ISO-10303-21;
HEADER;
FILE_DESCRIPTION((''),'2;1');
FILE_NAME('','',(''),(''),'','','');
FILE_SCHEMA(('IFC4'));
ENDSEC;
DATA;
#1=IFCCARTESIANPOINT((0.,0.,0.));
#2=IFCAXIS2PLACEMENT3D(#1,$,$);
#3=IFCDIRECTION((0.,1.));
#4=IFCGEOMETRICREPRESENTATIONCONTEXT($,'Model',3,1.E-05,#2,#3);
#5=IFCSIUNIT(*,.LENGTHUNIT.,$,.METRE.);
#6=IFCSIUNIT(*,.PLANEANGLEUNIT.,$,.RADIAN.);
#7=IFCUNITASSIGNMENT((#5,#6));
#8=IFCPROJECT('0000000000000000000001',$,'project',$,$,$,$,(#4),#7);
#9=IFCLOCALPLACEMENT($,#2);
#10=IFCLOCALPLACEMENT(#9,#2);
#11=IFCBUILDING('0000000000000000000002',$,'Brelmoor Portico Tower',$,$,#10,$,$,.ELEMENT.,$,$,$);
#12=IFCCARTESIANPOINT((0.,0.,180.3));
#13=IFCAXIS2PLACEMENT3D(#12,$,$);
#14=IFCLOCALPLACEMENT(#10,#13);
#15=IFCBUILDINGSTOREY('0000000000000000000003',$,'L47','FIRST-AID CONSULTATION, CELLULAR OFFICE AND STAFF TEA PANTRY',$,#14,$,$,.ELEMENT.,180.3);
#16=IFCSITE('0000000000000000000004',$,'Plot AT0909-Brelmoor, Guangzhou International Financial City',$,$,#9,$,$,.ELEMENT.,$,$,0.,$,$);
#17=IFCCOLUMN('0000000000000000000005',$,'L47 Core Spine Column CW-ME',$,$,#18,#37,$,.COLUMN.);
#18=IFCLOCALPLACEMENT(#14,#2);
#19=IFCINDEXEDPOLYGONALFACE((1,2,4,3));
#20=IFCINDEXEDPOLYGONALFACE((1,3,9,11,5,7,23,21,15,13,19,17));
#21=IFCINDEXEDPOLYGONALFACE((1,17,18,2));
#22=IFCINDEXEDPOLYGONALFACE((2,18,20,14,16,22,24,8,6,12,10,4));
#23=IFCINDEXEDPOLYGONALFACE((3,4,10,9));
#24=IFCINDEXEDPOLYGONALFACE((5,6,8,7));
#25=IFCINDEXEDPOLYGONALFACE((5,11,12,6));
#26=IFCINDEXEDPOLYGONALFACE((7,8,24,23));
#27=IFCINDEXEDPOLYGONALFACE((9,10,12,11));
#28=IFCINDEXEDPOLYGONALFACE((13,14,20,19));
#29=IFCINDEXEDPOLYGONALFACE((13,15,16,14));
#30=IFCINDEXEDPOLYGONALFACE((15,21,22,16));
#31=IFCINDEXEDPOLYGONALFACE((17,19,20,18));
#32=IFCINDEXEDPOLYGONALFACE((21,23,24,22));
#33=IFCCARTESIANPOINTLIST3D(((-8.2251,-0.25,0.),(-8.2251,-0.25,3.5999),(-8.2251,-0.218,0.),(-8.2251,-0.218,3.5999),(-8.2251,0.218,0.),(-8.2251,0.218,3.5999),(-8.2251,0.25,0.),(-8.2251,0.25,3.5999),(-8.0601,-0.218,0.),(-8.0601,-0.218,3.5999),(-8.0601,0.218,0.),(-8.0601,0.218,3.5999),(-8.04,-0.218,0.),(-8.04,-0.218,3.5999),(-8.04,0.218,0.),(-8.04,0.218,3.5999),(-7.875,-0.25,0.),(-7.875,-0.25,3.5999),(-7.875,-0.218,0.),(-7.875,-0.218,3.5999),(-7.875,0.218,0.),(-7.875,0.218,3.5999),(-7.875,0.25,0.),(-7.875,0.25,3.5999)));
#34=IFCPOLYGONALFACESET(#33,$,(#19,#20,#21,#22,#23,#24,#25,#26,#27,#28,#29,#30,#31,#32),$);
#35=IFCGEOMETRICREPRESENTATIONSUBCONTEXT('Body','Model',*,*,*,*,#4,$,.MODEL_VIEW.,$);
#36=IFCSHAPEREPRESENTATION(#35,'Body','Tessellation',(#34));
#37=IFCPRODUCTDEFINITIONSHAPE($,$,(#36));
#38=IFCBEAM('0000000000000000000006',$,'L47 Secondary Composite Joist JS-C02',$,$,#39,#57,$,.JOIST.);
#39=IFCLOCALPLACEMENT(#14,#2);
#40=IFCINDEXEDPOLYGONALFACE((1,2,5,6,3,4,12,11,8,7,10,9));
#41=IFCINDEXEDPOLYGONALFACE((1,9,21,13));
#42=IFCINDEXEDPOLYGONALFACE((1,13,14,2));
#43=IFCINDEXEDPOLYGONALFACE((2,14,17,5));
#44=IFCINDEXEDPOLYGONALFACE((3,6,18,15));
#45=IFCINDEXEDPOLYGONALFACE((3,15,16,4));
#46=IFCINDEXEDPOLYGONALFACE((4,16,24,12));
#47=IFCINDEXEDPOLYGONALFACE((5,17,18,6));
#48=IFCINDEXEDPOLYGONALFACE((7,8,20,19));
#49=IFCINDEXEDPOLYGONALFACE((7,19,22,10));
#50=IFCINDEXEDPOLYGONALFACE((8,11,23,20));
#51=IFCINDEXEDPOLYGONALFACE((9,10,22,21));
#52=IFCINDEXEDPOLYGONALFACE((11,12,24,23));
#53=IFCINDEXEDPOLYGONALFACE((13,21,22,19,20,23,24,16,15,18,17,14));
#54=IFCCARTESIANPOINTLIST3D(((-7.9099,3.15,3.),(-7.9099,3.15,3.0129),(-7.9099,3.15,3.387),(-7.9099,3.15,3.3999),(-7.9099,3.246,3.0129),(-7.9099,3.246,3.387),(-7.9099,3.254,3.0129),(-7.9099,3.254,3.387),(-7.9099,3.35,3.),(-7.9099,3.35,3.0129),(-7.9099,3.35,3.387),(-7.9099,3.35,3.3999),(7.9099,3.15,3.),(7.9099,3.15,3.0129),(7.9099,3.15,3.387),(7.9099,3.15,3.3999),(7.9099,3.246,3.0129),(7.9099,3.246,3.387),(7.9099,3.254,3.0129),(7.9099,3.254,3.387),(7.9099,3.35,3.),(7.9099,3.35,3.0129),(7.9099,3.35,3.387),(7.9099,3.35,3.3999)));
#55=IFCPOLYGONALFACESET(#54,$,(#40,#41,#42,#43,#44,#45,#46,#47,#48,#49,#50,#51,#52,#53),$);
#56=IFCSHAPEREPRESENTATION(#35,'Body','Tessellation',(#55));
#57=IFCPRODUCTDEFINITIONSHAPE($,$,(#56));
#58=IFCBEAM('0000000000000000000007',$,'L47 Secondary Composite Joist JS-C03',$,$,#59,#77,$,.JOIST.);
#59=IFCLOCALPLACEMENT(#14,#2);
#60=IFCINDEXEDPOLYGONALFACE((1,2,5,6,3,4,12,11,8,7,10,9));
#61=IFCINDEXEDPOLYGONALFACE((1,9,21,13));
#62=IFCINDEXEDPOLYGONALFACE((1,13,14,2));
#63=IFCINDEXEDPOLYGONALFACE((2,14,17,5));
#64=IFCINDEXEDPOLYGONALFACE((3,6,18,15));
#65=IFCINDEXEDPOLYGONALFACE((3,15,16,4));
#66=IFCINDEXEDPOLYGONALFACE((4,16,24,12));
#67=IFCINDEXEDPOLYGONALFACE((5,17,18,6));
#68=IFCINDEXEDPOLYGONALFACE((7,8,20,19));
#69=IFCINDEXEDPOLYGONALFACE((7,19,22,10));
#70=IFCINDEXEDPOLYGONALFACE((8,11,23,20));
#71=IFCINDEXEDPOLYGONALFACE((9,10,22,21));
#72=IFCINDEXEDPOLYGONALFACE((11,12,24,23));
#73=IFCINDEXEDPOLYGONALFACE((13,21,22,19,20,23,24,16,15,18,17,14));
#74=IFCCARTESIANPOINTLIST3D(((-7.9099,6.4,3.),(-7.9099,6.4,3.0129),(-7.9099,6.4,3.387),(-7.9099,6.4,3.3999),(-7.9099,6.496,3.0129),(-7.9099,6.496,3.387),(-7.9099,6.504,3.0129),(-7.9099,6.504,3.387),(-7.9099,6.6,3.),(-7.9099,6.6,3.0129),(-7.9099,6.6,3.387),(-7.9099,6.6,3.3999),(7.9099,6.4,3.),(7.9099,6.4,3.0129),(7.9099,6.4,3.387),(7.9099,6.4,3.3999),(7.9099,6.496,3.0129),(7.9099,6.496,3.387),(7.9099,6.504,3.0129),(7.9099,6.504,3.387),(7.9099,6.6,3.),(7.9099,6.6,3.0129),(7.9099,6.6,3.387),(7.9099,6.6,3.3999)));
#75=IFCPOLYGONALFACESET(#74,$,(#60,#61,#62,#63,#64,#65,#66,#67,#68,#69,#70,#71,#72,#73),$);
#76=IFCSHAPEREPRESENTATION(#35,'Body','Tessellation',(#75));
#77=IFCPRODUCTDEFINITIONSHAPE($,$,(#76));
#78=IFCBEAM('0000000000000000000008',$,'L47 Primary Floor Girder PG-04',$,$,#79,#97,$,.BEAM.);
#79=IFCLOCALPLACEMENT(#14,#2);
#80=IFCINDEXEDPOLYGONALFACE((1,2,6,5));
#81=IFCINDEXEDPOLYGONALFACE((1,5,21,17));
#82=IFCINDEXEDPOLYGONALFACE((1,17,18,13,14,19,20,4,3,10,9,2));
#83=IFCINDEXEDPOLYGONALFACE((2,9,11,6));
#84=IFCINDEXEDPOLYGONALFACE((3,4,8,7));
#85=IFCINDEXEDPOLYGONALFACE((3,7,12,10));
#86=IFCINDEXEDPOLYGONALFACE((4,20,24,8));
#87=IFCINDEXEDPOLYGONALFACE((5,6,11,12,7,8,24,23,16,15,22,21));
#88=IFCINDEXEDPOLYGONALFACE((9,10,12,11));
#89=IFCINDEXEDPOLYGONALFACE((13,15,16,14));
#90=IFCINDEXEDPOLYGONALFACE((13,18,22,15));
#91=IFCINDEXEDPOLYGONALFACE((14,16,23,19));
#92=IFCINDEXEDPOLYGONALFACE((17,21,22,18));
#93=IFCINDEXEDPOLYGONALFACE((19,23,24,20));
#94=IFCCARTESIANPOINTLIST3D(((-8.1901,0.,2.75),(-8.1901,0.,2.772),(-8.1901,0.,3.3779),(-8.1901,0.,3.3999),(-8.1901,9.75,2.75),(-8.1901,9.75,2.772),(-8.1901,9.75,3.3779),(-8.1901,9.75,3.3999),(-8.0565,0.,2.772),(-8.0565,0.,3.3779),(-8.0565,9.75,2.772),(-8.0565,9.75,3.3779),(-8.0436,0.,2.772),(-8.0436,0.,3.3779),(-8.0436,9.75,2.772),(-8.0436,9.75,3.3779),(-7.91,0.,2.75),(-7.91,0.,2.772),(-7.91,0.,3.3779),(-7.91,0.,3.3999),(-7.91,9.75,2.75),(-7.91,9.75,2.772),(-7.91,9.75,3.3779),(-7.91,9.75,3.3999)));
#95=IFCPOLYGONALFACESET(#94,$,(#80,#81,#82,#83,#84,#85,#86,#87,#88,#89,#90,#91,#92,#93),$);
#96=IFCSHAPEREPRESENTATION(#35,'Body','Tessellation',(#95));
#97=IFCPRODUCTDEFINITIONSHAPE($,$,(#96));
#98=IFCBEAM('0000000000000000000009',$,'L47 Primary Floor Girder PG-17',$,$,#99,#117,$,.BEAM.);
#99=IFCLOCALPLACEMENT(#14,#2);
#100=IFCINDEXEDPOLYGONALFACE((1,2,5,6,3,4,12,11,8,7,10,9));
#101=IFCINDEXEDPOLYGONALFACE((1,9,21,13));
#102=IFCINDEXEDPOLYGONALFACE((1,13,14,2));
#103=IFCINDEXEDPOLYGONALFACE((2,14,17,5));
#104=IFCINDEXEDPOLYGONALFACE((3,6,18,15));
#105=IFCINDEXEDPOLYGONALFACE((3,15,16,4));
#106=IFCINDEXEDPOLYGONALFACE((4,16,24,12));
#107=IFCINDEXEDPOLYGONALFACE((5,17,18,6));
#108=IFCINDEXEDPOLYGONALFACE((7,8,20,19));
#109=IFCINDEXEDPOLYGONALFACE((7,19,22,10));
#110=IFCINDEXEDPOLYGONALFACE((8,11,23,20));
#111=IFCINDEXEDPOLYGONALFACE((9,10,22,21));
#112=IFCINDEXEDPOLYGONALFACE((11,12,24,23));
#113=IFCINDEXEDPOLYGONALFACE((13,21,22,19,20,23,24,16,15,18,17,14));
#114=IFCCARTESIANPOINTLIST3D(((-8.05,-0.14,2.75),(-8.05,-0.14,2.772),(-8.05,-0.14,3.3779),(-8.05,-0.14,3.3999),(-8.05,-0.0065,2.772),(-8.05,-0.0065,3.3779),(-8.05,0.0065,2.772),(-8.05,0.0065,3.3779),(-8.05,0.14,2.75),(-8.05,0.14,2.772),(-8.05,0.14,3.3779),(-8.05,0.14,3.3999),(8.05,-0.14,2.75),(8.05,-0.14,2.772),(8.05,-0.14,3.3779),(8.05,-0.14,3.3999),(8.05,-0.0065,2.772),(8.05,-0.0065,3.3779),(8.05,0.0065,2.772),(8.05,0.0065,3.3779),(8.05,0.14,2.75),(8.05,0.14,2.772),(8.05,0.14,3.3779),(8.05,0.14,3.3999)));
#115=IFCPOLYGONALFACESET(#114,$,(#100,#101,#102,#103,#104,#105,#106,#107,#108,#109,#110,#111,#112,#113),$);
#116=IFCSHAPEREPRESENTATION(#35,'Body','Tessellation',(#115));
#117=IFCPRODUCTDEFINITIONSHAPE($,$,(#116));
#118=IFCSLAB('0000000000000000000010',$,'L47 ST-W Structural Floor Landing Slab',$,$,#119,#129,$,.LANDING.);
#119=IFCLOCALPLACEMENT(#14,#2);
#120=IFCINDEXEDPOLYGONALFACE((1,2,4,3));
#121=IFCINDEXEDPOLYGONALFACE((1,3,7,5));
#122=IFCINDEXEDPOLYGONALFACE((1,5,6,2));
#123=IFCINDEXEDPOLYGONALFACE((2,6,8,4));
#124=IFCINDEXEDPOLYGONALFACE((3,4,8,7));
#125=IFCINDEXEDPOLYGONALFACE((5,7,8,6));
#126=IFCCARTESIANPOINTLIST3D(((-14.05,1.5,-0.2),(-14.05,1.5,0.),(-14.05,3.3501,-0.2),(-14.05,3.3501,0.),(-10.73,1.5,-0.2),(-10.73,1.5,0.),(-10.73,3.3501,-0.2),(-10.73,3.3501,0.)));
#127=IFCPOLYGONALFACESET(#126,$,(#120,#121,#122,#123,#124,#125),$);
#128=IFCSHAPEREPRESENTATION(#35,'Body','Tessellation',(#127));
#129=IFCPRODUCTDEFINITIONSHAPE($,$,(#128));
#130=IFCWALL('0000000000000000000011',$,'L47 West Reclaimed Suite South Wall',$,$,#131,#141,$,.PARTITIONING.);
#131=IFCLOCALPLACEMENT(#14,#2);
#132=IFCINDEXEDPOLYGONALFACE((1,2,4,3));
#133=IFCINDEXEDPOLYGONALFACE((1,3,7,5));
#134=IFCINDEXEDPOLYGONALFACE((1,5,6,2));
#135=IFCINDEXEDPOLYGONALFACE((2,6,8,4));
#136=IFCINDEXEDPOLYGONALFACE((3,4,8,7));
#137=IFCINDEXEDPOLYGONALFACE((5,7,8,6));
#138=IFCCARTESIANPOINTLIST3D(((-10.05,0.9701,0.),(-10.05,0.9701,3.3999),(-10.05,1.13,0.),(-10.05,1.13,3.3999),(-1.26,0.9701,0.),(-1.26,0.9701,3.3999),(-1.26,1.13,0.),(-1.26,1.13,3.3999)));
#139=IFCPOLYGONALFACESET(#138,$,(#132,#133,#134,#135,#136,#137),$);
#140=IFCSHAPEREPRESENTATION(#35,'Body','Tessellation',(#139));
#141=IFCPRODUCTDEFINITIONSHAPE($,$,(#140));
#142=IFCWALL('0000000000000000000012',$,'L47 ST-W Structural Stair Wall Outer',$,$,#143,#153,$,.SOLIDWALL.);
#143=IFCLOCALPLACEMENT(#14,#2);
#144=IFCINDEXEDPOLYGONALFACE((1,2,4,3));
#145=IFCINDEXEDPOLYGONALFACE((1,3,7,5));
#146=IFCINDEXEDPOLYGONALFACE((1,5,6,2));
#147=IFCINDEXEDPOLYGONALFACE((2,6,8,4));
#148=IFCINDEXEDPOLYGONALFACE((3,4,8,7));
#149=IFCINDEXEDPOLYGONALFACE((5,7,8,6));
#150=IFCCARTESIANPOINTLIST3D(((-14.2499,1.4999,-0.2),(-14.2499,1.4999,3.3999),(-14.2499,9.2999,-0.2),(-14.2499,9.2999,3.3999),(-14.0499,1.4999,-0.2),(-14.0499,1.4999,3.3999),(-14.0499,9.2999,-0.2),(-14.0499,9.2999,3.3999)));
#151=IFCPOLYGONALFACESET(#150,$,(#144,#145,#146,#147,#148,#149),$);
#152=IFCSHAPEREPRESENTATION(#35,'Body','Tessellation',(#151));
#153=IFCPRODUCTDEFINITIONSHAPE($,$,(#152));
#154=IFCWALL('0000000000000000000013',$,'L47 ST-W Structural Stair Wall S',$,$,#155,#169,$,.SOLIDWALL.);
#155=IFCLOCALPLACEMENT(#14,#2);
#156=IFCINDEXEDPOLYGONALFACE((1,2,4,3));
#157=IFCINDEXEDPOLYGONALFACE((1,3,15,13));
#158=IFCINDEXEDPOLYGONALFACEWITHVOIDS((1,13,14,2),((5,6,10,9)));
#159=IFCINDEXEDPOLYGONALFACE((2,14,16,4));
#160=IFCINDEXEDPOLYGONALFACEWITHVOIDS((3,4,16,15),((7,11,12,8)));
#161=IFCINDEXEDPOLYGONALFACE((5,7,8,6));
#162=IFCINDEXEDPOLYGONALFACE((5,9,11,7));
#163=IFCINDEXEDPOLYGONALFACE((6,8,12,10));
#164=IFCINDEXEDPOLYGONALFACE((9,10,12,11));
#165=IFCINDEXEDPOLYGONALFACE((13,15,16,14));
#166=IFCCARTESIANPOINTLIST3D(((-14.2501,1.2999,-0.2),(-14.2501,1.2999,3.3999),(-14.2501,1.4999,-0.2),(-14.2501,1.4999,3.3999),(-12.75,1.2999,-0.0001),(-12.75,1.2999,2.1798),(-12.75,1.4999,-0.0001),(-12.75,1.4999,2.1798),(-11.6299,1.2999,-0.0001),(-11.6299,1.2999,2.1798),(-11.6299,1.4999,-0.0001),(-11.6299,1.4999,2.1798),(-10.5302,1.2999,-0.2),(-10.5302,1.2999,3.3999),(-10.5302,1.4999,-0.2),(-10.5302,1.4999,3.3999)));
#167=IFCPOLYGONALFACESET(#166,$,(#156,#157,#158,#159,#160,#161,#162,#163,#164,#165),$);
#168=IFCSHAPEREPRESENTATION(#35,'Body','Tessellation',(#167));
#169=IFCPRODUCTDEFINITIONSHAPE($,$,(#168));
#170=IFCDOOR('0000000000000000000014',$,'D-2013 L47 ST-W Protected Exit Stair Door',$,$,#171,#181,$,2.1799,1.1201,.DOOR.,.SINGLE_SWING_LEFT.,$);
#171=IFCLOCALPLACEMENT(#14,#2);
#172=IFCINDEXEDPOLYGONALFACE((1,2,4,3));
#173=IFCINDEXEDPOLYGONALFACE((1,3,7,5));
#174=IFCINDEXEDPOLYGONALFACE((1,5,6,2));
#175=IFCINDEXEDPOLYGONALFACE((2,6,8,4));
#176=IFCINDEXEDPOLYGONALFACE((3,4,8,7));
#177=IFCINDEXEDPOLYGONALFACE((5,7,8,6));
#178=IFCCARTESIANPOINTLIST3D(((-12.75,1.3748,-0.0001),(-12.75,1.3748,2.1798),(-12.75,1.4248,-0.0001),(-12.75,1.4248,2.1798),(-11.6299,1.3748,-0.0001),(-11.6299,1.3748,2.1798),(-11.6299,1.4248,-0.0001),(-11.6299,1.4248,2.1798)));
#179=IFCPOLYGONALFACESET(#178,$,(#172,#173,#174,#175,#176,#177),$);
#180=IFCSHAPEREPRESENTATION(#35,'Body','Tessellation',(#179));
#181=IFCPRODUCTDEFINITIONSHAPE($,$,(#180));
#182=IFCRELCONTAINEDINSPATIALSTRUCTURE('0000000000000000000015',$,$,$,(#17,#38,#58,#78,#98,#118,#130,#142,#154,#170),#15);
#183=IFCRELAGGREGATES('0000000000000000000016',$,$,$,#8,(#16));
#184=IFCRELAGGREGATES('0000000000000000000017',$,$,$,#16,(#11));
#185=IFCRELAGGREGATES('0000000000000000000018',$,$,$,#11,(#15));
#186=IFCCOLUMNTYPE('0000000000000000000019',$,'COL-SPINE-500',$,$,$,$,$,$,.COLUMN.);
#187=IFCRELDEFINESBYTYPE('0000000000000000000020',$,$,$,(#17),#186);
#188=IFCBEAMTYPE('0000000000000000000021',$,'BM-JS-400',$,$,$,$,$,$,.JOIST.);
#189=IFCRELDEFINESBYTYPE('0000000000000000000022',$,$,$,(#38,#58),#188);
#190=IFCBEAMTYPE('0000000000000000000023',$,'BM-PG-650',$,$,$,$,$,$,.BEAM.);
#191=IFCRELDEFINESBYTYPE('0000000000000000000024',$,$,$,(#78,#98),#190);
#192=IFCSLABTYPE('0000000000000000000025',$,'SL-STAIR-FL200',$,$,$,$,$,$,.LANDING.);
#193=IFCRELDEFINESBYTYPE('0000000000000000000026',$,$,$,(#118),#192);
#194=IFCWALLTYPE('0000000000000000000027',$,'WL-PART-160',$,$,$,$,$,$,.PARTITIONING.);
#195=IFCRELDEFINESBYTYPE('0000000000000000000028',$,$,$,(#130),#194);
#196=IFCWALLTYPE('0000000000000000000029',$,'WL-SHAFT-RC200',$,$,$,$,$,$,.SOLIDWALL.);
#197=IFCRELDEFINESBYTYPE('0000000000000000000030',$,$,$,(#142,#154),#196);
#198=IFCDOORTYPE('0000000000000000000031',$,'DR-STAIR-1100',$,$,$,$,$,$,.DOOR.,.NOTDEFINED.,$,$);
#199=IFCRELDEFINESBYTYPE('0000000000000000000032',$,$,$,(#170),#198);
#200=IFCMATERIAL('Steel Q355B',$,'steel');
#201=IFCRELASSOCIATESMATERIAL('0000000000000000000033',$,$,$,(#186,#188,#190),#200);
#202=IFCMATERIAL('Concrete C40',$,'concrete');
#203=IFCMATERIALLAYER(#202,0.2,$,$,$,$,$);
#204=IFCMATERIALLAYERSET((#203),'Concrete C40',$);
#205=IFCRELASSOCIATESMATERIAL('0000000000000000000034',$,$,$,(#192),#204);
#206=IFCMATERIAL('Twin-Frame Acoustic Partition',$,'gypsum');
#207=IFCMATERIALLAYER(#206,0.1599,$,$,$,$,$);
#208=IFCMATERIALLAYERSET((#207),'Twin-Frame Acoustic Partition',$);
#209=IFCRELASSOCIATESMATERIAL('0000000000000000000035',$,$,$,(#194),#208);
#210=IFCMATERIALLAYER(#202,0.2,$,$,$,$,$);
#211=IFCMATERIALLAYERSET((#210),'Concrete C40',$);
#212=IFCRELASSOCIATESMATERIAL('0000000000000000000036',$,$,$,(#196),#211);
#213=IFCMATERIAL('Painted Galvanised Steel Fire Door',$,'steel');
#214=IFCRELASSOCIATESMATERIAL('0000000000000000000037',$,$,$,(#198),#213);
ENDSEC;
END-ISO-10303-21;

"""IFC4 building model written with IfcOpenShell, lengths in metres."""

from ifc_helpers import new_model, si_unit, direction, frame, frame_2d, origin, origin_2d, place, context, subcontext, project, spatial, polyline, rectangle, i_section, outline, extrude, material, layer, layer_set, material_profile, profile_set, type_object, element, fill, save


model = new_model("IFC4")

# Units and contexts
model_context = context("Model", 3, precision=1e-05, world=origin(), true_north=direction((0.0, 1.0)))
body_context = subcontext(model_context, "Body", "Model", "MODEL_VIEW")
ifc_project = project(units=[si_unit("LENGTHUNIT", "METRE"), si_unit("PLANEANGLEUNIT", "RADIAN")], contexts=[model_context])

# Site, building, storey
site_placement = place(None, origin())
site = spatial("IfcSite", under=ifc_project, at=site_placement, Name="Plot AT0909-Brelmoor, Guangzhou International Financial City", CompositionType="ELEMENT", RefElevation=0.0)
building_placement = place(site_placement, origin())
building = spatial("IfcBuilding", under=site, at=building_placement, Name="Brelmoor Portico Tower", CompositionType="ELEMENT")
storey_placement = place(building_placement, frame((0.0, 0.0, 180.3)))
storey = spatial("IfcBuildingStorey", under=building, at=storey_placement, Name="L47", Description="FIRST-AID CONSULTATION, CELLULAR OFFICE AND STAFF TEA PANTRY", CompositionType="ELEMENT", Elevation=180.3)

# Column
ifc_material_1 = material(Name="Steel Q355B", Category="steel")
ifc_material_profile_1 = material_profile(ifc_material_1, i_section(OverallWidth=0.3501, OverallDepth=0.5, WebThickness=0.02, FlangeThickness=0.032, at=origin_2d()), Name="HW 500x350x20x32")
ifc_profile_set_1 = profile_set([ifc_material_profile_1], Name="Steel Q355B")
column_type = type_object("IfcColumnType", Name="COL-SPINE-500", PredefinedType="COLUMN", material=ifc_profile_set_1)
column_placement = place(storey_placement, frame((-8.05, 0.0, 0.0), z_axis=(0.0, 0.0, 1.0), x_axis=(1.0, 0.0, 0.0)))
element("IfcColumn", 1, at=column_placement, inside=storey, type_object=column_type, Name="L47 Core Spine Column CW-ME", PredefinedType="COLUMN", context=body_context, shape_type="SweptSolid", body=[
    extrude(i_section(OverallWidth=0.3501, OverallDepth=0.5, WebThickness=0.02, FlangeThickness=0.032, at=origin_2d()), origin(), (0.0, 0.0, 1.0), 3.5999),
])

# Beams
ifc_material_profile_2 = material_profile(ifc_material_1, i_section(OverallWidth=0.2, OverallDepth=0.3999, WebThickness=0.0081, FlangeThickness=0.0129, at=origin_2d()), Name="HN 400x200x8x13")
ifc_profile_set_2 = profile_set([ifc_material_profile_2], Name="Steel Q355B")
beam_type_1 = type_object("IfcBeamType", Name="BM-JS-400", PredefinedType="JOIST", material=ifc_profile_set_2)
for number, where, z_axis, x_axis, name in (
    (2, (-7.9099, 3.25, 3.2), (1.0, 0.0, 0.0), (0.0, 1.0, 0.0), "L47 Secondary Composite Joist JS-C02"),
    (3, (-7.9099, 6.5, 3.2), (1.0, 0.0, 0.0), (0.0, 1.0, 0.0), "L47 Secondary Composite Joist JS-C03"),
):
    element("IfcBeam", number, at=place(storey_placement, frame(where, z_axis=z_axis, x_axis=x_axis)), inside=storey, type_object=beam_type_1, Name=name, PredefinedType="JOIST", context=body_context, shape_type="SweptSolid", body=[
        extrude(i_section(OverallWidth=0.2, OverallDepth=0.3999, WebThickness=0.0081, FlangeThickness=0.0129, at=origin_2d()), origin(), (0.0, 0.0, 1.0), 15.8198),
    ])
ifc_material_profile_3 = material_profile(ifc_material_1, i_section(OverallWidth=0.28, OverallDepth=0.6499, WebThickness=0.0129, FlangeThickness=0.022, at=origin_2d()), Name="HN 650x280x13x22")
ifc_profile_set_3 = profile_set([ifc_material_profile_3], Name="Steel Q355B")
beam_type_2 = type_object("IfcBeamType", Name="BM-PG-650", PredefinedType="BEAM", material=ifc_profile_set_3)
beam_1_placement = place(storey_placement, frame((-8.05, 0.0, 3.075), z_axis=(0.0, 1.0, 0.0), x_axis=(-1.0, 0.0, 0.0)))
element("IfcBeam", 4, at=beam_1_placement, inside=storey, type_object=beam_type_2, Name="L47 Primary Floor Girder PG-04", PredefinedType="BEAM", context=body_context, shape_type="SweptSolid", body=[
    extrude(i_section(OverallWidth=0.28, OverallDepth=0.6499, WebThickness=0.0129, FlangeThickness=0.022, at=origin_2d()), origin(), (0.0, 0.0, 1.0), 9.75),
])
beam_2_placement = place(storey_placement, frame((-8.05, 0.0, 3.075), z_axis=(1.0, 0.0, 0.0), x_axis=(0.0, 1.0, 0.0)))
element("IfcBeam", 5, at=beam_2_placement, inside=storey, type_object=beam_type_2, Name="L47 Primary Floor Girder PG-17", PredefinedType="BEAM", context=body_context, shape_type="SweptSolid", body=[
    extrude(i_section(OverallWidth=0.28, OverallDepth=0.6499, WebThickness=0.0129, FlangeThickness=0.022, at=origin_2d()), origin(), (0.0, 0.0, 1.0), 16.1001),
])

# Slab
ifc_material_2 = material(Name="Concrete C40", Category="concrete")
ifc_layer_1 = layer(ifc_material_2, 0.2)
ifc_layer_set_1 = layer_set([ifc_layer_1], Name="Concrete C40")
slab_type = type_object("IfcSlabType", Name="SL-STAIR-FL200", PredefinedType="LANDING", material=ifc_layer_set_1)
slab_placement = place(storey_placement, frame((0.0, 0.0, -0.2)))
element("IfcSlab", 6, at=slab_placement, inside=storey, type_object=slab_type, Name="L47 ST-W Structural Floor Landing Slab", PredefinedType="LANDING", context=body_context, shape_type="SweptSolid", body=[
    extrude(outline(polyline([(-10.73, 1.5), (-10.73, 3.3501), (-14.05, 3.3501), (-14.05, 1.5), (-10.73, 1.5)])), origin(), (0.0, 0.0, 1.0), 0.2),
])

# Walls
ifc_material_3 = material(Name="Twin-Frame Acoustic Partition", Category="gypsum")
ifc_layer_2 = layer(ifc_material_3, 0.1599)
ifc_layer_set_2 = layer_set([ifc_layer_2], Name="Twin-Frame Acoustic Partition")
wall_type_1 = type_object("IfcWallType", Name="WL-PART-160", PredefinedType="PARTITIONING", material=ifc_layer_set_2)
wall_1_placement = place(storey_placement, frame((-10.05, 1.05, 0.0), z_axis=(0.0, 0.0, 1.0), x_axis=(1.0, 0.0, 0.0)))
element("IfcWall", 7, at=wall_1_placement, inside=storey, type_object=wall_type_1, Name="L47 West Reclaimed Suite South Wall", PredefinedType="PARTITIONING", context=body_context, shape_type="SweptSolid", body=[
    extrude(rectangle(XDim=8.79, YDim=0.1599, at=frame_2d((4.395, 0.0))), origin(), (0.0, 0.0, 1.0), 3.3999),
])
ifc_layer_3 = layer(ifc_material_2, 0.2)
ifc_layer_set_3 = layer_set([ifc_layer_3], Name="Concrete C40")
wall_type_2 = type_object("IfcWallType", Name="WL-SHAFT-RC200", PredefinedType="SOLIDWALL", material=ifc_layer_set_3)
wall_2_placement = place(storey_placement, frame((-14.1499, 1.5, -0.2), z_axis=(0.0, 0.0, 1.0), x_axis=(0.0, 1.0, 0.0)))
element("IfcWall", 8, at=wall_2_placement, inside=storey, type_object=wall_type_2, Name="L47 ST-W Structural Stair Wall Outer", PredefinedType="SOLIDWALL", context=body_context, shape_type="SweptSolid", body=[
    extrude(rectangle(XDim=7.8, YDim=0.2, at=frame_2d((3.8999, 0.0))), origin(), (0.0, 0.0, 1.0), 3.5999),
])

# Wall, opening, door
wall_3_placement = place(storey_placement, frame((-14.25, 1.3999, -0.2), z_axis=(0.0, 0.0, 1.0), x_axis=(1.0, 0.0, 0.0)))
wall_3 = element("IfcWall", 9, at=wall_3_placement, inside=storey, type_object=wall_type_2, Name="L47 ST-W Structural Stair Wall S", PredefinedType="SOLIDWALL", context=body_context, shape_type="SweptSolid", body=[
    extrude(rectangle(XDim=3.72, YDim=0.2, at=frame_2d((1.8599, 0.0))), origin(), (0.0, 0.0, 1.0), 3.5999),
])
opening_placement = place(wall_3_placement, frame((1.5, 0.0, 0.2)))
opening = element("IfcOpeningElement", 10, at=opening_placement, cuts=wall_3, PredefinedType="OPENING", context=body_context, shape_type="SweptSolid", body=[
    extrude(rectangle(XDim=1.1201, YDim=2.1799, at=frame_2d((0.5601, 1.0898))), frame((0.0, 0.1099, 0.0), z_axis=(0.0, -1.0, 0.0), x_axis=(1.0, 0.0, 0.0)), (0.0, 0.0, 1.0), 0.22),
])
ifc_material_4 = material(Name="Painted Galvanised Steel Fire Door", Category="steel")
door_type = type_object("IfcDoorType", Name="DR-STAIR-1100", OperationType="NOTDEFINED", PredefinedType="DOOR", material=ifc_material_4)
door_placement = place(opening_placement, origin())
door = element("IfcDoor", 11, at=door_placement, inside=storey, type_object=door_type, Name="D-2013 L47 ST-W Protected Exit Stair Door", OperationType="SINGLE_SWING_LEFT", OverallHeight=2.1799, OverallWidth=1.1201, PredefinedType="DOOR", context=body_context, shape_type="SweptSolid", body=[
    extrude(rectangle(XDim=1.1201, YDim=2.1799, at=frame_2d((0.5601, 1.0898))), frame((0.0, 0.0249, 0.0), z_axis=(0.0, -1.0, 0.0), x_axis=(1.0, 0.0, 0.0)), (0.0, 0.0, 1.0), 0.05),
])
fill(opening, door)

save(model, "model.ifc")
